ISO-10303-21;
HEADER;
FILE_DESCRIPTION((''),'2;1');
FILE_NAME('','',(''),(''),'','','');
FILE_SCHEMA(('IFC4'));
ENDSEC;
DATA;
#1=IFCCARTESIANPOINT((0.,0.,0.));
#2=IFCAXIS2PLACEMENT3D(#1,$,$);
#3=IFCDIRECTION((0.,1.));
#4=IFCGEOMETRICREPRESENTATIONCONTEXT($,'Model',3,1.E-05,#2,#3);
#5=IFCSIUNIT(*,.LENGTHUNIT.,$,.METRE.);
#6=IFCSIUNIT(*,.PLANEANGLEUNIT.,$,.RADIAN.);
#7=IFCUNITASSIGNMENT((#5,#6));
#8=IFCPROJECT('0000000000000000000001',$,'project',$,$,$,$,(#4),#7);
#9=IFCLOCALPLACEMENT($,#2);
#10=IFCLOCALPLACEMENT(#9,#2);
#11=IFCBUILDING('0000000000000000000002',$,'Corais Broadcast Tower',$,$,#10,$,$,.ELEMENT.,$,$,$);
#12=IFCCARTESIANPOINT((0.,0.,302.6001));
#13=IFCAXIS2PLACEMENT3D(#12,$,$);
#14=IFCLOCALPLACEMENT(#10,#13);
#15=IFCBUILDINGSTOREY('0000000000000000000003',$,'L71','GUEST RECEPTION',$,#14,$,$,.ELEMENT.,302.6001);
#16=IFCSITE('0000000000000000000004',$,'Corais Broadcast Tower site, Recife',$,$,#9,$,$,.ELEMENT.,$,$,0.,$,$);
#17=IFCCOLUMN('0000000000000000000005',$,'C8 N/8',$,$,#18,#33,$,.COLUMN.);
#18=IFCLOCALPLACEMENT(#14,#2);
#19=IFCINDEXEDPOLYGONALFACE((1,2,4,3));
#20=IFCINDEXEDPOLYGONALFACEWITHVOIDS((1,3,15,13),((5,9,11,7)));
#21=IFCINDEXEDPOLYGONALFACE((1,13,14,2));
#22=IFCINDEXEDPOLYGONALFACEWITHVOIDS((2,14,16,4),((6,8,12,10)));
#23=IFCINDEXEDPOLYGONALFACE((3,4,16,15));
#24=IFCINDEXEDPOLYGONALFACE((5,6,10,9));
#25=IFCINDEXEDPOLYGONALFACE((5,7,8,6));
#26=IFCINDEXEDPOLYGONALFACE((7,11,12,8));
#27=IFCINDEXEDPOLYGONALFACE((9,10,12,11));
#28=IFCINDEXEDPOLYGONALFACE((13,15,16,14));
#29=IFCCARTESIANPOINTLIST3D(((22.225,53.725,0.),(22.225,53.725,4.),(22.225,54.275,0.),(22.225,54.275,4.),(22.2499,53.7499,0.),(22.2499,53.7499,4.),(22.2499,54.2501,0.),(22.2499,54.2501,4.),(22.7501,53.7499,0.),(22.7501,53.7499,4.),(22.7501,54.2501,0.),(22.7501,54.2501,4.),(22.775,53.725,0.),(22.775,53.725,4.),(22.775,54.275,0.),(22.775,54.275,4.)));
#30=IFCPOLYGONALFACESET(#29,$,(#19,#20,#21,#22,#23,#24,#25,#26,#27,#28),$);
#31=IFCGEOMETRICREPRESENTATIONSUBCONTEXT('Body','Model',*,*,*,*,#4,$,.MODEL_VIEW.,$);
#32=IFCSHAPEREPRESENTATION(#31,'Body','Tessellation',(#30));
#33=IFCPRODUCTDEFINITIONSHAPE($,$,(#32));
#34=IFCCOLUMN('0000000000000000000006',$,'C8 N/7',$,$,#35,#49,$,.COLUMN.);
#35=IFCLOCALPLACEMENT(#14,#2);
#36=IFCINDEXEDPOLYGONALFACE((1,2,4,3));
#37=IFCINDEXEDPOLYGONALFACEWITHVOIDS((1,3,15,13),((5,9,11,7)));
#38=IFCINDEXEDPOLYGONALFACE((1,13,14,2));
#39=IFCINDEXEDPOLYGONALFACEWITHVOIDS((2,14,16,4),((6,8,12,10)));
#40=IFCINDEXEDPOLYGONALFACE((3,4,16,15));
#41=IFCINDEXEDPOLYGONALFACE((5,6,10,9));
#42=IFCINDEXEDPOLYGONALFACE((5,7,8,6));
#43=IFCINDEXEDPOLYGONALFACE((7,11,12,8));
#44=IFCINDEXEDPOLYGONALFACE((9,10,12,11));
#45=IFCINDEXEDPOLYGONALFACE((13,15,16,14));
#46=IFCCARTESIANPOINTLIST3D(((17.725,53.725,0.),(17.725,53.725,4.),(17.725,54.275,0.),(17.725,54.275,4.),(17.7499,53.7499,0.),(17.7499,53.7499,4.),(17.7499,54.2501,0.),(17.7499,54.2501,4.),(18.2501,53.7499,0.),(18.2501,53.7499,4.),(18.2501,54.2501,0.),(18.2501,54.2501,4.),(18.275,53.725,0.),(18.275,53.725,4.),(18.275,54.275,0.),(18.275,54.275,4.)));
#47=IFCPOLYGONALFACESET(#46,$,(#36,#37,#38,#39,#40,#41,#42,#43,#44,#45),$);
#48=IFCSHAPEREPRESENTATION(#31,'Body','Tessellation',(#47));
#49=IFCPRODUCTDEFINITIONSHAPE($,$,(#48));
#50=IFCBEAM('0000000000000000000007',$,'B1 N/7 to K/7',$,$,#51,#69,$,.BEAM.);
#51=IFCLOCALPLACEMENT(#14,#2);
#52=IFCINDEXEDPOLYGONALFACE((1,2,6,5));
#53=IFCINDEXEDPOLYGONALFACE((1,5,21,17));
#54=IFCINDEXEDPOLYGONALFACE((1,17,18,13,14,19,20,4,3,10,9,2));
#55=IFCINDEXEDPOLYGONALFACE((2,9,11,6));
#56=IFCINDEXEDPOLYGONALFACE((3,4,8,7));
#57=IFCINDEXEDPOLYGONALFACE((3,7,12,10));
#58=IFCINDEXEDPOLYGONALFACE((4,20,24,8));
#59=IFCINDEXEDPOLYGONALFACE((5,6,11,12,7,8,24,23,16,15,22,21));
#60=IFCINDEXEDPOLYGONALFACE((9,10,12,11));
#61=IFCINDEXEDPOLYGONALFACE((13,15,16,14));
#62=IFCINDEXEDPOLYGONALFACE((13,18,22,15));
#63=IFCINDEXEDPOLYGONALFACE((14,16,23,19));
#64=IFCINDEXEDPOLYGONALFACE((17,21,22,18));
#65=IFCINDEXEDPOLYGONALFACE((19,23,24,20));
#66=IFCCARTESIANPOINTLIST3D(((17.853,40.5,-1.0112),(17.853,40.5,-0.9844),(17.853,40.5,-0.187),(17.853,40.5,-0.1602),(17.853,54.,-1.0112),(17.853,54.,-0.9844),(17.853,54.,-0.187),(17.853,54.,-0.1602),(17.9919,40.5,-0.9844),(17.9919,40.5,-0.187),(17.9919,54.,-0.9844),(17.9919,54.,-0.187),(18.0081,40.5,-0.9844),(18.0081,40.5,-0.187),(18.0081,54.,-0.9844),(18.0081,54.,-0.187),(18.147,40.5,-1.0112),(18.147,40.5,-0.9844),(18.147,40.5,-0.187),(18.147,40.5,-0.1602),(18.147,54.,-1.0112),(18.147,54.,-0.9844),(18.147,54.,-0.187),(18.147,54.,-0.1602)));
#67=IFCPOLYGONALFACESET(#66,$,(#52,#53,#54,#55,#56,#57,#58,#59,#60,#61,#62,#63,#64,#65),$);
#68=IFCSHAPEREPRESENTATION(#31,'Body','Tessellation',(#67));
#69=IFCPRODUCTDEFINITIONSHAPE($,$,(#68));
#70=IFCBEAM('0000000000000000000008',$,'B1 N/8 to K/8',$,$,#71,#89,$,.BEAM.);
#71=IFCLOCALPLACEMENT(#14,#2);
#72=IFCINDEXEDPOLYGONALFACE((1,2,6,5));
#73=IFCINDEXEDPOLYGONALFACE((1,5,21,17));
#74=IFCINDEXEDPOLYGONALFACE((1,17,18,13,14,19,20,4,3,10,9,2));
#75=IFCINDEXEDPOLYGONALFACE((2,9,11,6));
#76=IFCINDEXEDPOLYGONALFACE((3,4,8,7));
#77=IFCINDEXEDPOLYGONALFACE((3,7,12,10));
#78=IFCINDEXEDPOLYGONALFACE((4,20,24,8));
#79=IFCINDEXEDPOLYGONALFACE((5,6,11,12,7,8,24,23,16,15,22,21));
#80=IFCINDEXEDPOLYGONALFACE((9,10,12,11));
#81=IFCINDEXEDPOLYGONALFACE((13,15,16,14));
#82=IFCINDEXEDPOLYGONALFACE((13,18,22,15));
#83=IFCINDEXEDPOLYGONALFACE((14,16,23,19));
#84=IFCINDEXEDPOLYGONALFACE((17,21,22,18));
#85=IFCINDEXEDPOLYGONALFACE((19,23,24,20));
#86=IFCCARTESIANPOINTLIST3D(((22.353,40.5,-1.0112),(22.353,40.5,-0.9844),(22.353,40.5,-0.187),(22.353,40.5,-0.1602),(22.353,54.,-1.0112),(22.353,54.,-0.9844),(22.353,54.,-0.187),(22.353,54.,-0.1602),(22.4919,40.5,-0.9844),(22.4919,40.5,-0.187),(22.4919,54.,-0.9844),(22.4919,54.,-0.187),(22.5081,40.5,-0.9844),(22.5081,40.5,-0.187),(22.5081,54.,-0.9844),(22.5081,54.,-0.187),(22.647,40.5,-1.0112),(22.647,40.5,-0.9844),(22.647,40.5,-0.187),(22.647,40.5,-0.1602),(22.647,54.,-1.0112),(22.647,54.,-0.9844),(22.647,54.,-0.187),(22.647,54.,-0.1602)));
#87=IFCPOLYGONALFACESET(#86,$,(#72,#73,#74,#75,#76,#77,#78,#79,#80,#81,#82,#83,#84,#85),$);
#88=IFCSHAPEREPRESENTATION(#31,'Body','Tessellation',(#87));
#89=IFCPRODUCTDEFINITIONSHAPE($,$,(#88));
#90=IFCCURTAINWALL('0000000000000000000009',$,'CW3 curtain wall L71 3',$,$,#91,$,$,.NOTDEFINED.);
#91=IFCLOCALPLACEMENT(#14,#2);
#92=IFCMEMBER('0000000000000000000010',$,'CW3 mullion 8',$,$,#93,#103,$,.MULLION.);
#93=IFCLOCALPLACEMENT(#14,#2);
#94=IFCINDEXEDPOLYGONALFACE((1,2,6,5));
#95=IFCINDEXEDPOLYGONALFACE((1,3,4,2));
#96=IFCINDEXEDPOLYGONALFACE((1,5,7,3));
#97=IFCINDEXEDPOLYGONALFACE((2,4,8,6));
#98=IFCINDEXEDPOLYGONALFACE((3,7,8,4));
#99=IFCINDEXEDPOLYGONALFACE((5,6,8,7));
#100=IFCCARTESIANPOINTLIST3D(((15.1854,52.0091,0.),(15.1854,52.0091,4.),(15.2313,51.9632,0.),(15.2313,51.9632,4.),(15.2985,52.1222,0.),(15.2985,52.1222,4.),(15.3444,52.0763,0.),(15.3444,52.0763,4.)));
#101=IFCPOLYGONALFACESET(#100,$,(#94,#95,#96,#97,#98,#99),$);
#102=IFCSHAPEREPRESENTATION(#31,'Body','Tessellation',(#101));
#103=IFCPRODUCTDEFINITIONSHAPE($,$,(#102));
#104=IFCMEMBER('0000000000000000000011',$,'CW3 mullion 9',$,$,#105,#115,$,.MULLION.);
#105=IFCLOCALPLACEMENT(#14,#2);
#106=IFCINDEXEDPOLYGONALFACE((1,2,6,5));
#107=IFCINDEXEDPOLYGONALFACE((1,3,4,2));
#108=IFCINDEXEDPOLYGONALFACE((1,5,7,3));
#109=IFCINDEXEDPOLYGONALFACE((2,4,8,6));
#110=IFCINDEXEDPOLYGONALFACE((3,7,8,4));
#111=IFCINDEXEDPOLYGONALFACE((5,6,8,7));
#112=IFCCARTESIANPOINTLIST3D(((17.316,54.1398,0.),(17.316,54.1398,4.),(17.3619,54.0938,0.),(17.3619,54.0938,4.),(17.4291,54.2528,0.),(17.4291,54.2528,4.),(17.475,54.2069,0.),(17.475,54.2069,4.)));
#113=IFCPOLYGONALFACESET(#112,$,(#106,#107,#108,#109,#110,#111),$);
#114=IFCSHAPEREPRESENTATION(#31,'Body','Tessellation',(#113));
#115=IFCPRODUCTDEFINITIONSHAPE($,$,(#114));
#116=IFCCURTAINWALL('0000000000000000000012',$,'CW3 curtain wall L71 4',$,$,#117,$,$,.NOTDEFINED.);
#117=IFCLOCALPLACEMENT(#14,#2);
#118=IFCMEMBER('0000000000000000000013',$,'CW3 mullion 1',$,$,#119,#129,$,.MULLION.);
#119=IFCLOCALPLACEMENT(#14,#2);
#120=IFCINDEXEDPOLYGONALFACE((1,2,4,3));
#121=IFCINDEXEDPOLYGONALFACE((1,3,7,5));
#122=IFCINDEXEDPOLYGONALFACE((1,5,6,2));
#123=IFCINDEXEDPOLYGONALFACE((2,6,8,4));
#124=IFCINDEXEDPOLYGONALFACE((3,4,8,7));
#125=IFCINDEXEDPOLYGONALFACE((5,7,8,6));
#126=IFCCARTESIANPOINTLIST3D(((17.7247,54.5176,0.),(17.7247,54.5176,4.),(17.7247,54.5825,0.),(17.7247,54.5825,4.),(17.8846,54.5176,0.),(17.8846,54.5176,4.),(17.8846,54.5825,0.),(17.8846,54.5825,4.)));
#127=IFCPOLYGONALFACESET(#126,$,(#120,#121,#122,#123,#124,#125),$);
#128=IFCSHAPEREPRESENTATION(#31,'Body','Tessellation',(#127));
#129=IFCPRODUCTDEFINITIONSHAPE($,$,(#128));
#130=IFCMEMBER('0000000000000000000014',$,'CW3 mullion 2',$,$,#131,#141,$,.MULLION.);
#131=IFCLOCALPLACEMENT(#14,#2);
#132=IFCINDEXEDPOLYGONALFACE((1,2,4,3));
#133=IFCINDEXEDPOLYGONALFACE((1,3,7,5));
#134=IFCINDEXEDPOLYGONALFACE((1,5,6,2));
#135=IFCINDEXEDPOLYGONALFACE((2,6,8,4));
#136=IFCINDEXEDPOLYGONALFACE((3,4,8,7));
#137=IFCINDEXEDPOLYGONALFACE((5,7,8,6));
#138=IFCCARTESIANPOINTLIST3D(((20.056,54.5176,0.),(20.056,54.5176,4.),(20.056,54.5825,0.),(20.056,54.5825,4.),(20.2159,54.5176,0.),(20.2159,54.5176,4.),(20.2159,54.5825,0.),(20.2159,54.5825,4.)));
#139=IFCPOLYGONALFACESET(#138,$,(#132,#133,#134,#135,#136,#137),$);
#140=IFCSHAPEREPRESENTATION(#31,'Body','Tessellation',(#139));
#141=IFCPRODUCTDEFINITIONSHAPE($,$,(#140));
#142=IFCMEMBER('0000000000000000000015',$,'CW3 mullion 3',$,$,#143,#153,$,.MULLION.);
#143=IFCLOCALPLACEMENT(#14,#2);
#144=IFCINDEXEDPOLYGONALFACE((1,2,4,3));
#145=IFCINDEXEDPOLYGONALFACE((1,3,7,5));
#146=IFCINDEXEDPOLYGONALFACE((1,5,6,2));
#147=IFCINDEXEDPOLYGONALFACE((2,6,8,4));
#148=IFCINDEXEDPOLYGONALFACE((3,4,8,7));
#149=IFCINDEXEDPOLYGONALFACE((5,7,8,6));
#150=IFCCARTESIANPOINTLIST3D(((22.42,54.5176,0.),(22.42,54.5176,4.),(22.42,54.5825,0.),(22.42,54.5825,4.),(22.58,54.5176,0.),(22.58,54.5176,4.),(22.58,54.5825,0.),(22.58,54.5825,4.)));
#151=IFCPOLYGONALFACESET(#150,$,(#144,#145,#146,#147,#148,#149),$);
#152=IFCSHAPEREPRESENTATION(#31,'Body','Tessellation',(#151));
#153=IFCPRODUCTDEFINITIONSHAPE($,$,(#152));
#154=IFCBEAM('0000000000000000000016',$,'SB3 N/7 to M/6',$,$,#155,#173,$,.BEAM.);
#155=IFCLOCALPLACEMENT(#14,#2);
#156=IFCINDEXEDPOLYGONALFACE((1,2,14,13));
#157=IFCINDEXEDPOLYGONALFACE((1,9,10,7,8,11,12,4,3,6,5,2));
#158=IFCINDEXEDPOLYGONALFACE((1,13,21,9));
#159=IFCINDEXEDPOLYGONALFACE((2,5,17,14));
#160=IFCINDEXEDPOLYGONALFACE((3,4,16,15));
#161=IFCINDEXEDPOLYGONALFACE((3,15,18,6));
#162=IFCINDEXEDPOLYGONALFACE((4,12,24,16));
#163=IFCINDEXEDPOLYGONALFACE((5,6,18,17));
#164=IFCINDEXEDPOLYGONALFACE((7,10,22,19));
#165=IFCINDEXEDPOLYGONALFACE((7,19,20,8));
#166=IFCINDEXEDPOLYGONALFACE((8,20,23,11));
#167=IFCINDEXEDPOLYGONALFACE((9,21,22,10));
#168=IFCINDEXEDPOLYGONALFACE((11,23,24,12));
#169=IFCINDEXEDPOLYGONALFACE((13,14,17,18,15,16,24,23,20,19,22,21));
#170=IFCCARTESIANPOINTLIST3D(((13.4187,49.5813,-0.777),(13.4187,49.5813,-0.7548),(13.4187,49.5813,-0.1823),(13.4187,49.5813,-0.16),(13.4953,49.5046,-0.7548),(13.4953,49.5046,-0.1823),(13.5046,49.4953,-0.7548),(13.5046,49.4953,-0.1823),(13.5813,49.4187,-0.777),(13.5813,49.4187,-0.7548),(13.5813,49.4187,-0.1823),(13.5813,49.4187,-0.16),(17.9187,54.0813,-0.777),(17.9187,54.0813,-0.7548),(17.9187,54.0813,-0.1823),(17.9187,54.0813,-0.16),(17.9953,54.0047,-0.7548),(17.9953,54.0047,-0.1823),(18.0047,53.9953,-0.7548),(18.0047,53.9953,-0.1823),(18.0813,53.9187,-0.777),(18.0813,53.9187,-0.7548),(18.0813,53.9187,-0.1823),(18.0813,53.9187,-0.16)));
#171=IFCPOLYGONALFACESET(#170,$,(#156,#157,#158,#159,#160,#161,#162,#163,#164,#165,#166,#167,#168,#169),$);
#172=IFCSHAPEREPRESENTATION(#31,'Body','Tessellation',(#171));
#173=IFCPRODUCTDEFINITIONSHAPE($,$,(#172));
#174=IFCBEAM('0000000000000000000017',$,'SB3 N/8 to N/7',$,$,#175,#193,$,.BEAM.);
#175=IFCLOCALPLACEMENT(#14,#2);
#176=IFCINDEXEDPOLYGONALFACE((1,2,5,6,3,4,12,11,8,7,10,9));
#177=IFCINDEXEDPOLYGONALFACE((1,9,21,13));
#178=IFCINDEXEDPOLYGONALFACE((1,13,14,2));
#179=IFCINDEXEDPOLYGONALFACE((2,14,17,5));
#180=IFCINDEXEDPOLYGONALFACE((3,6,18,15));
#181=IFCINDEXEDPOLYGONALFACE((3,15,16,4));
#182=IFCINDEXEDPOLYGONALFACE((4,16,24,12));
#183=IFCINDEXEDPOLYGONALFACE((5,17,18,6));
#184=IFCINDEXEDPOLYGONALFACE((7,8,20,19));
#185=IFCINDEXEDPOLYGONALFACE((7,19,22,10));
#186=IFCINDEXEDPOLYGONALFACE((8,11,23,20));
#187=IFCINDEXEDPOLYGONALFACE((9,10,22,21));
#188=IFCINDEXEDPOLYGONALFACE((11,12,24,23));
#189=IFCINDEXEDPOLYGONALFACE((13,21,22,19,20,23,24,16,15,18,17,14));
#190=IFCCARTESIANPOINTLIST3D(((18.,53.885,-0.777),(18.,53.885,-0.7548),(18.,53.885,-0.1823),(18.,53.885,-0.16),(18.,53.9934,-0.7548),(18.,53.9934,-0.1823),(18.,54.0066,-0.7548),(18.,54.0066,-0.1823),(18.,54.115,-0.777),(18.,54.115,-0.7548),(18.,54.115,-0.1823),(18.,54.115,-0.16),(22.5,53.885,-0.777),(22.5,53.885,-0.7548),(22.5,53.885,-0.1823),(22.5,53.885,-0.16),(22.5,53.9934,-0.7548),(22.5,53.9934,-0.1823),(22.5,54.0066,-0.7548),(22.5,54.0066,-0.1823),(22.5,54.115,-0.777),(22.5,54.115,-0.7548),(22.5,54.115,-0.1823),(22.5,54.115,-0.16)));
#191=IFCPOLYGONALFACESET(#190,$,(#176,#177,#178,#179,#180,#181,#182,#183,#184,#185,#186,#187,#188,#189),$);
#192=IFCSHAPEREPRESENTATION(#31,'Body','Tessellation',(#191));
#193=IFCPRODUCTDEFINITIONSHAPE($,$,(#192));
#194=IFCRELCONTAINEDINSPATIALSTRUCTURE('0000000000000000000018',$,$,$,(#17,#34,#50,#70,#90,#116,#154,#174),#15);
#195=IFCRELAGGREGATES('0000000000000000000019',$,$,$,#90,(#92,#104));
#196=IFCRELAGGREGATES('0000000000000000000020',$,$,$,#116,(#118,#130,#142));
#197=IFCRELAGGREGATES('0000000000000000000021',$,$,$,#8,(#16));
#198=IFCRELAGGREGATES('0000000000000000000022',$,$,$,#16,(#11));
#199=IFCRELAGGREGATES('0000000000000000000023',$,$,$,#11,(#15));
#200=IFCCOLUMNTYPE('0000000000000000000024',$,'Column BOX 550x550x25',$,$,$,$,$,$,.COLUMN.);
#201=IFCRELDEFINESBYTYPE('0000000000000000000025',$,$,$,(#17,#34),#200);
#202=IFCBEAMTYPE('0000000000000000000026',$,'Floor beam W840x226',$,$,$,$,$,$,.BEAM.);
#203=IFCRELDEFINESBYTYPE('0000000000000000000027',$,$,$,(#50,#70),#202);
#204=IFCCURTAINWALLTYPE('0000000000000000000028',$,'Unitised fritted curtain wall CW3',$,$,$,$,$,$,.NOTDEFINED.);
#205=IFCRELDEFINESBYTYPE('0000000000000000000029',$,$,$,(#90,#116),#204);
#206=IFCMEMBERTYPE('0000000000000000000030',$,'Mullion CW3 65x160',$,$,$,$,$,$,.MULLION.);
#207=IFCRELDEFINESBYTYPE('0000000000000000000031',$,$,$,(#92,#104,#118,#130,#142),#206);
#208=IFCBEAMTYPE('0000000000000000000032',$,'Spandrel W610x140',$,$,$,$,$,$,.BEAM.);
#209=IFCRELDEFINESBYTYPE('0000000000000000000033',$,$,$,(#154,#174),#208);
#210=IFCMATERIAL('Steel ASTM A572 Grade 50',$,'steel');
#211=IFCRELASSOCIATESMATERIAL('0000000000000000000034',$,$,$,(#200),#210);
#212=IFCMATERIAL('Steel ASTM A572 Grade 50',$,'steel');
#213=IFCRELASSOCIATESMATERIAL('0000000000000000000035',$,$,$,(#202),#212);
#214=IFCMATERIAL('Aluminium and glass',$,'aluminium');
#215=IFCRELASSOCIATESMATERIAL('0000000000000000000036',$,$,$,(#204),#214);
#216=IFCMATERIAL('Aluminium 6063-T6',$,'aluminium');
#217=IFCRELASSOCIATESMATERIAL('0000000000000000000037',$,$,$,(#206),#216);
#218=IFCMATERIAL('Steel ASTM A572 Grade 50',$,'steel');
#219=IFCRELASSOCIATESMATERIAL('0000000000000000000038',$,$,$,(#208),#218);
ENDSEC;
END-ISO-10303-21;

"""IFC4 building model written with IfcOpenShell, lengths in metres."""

from ifc_helpers import new_model, si_unit, direction, frame, origin, origin_2d, place, context, subcontext, project, spatial, rectangle, hollow_rectangle, i_section, extrude, material, material_profile, profile_set, type_object, element, aggregate, save


model = new_model("IFC4")

# Units and contexts
model_context = context("Model", 3, precision=1e-05, world=origin(), true_north=direction((0.0, 1.0)))
body_context = subcontext(model_context, "Body", "Model", "MODEL_VIEW")
ifc_project = project(units=[si_unit("LENGTHUNIT", "METRE"), si_unit("PLANEANGLEUNIT", "RADIAN")], contexts=[model_context])

# Site, building, storey
site_placement = place(None, origin())
site = spatial("IfcSite", under=ifc_project, at=site_placement, Name="Corais Broadcast Tower site, Recife", CompositionType="ELEMENT", RefElevation=0.0)
building_placement = place(site_placement, origin())
building = spatial("IfcBuilding", under=site, at=building_placement, Name="Corais Broadcast Tower", CompositionType="ELEMENT")
storey_placement = place(building_placement, frame((0.0, 0.0, 302.6001)))
storey = spatial("IfcBuildingStorey", under=building, at=storey_placement, Name="L71", Description="GUEST RECEPTION", CompositionType="ELEMENT", Elevation=302.6001)

# Columns
ifc_material_1 = material(Name="Steel ASTM A572 Grade 50", Category="steel")
ifc_material_profile_1 = material_profile(ifc_material_1, hollow_rectangle(XDim=0.55, YDim=0.55, WallThickness=0.0249, at=origin_2d()), Name="BOX 550x550x25")
ifc_profile_set_1 = profile_set([ifc_material_profile_1], Name="Steel ASTM A572 Grade 50")
column_type = type_object("IfcColumnType", Name="Column BOX 550x550x25", PredefinedType="COLUMN", material=ifc_profile_set_1)
for number, where, z_axis, x_axis, name in (
    (1, (22.5, 54.0, 0.0), (0.0, 0.0, 1.0), (1.0, 0.0, 0.0), "C8 N/8"),
    (2, (18.0, 54.0, 0.0), (0.0, 0.0, 1.0), (1.0, 0.0, 0.0), "C8 N/7"),
):
    element("IfcColumn", number, at=place(storey_placement, frame(where, z_axis=z_axis, x_axis=x_axis)), inside=storey, type_object=column_type, Name=name, PredefinedType="COLUMN", context=body_context, shape_type="SweptSolid", body=[
        extrude(hollow_rectangle(XDim=0.55, YDim=0.55, WallThickness=0.0249, at=origin_2d()), origin(), (0.0, 0.0, 1.0), 4.0),
    ])

# Beams
ifc_material_2 = material(Name="Steel ASTM A572 Grade 50", Category="steel")
ifc_material_profile_2 = material_profile(ifc_material_2, i_section(OverallWidth=0.2939, OverallDepth=0.8511, WebThickness=0.0161, FlangeThickness=0.0269, at=origin_2d()), Name="W840x226")
ifc_profile_set_2 = profile_set([ifc_material_profile_2], Name="Steel ASTM A572 Grade 50")
beam_type_1 = type_object("IfcBeamType", Name="Floor beam W840x226", PredefinedType="BEAM", material=ifc_profile_set_2)
for number, where, z_axis, x_axis, name in (
    (3, (18.0, 54.0, -0.5857), (0.0, -1.0, 0.0), (1.0, 0.0, 0.0), "B1 N/7 to K/7"),
    (4, (22.5, 54.0, -0.5857), (0.0, -1.0, 0.0), (1.0, 0.0, 0.0), "B1 N/8 to K/8"),
):
    element("IfcBeam", number, at=place(storey_placement, frame(where, z_axis=z_axis, x_axis=x_axis)), inside=storey, type_object=beam_type_1, Name=name, PredefinedType="BEAM", context=body_context, shape_type="SweptSolid", body=[
        extrude(i_section(OverallWidth=0.2939, OverallDepth=0.8511, WebThickness=0.0161, FlangeThickness=0.0269, at=origin_2d()), origin(), (0.0, 0.0, 1.0), 13.5),
    ])

# Curtain walls, members
ifc_material_3 = material(Name="Aluminium and glass", Category="aluminium")
curtain_wall_type = type_object("IfcCurtainWallType", Name="Unitised fritted curtain wall CW3", PredefinedType="NOTDEFINED", material=ifc_material_3)
curtain_wall_1_placement = place(storey_placement, origin())
curtain_wall_1 = element("IfcCurtainWall", 5, at=curtain_wall_1_placement, inside=storey, type_object=curtain_wall_type, Name="CW3 curtain wall L71 3", PredefinedType="NOTDEFINED")
ifc_material_4 = material(Name="Aluminium 6063-T6", Category="aluminium")
ifc_material_profile_3 = material_profile(ifc_material_4, rectangle(XDim=0.0649, YDim=0.1599, at=origin_2d()), Name="Mullion CW3 65x160")
ifc_profile_set_3 = profile_set([ifc_material_profile_3], Name="Aluminium 6063-T6")
member_type_1 = type_object("IfcMemberType", Name="Mullion CW3 65x160", PredefinedType="MULLION", material=ifc_profile_set_3)
member_1_placement = place(storey_placement, frame((15.2649, 52.0427, 0.0), z_axis=(0.0, 0.0, 1.0), x_axis=(-0.707107, 0.707107, 0.0)))
member_1 = element("IfcMember", 6, at=member_1_placement, type_object=member_type_1, Name="CW3 mullion 8", PredefinedType="MULLION", context=body_context, shape_type="SweptSolid", body=[
    extrude(rectangle(XDim=0.0649, YDim=0.1599, at=origin_2d()), origin(), (0.0, 0.0, 1.0), 4.0),
])
member_2_placement = place(storey_placement, frame((17.3955, 54.1733, 0.0), z_axis=(0.0, 0.0, 1.0), x_axis=(-0.707107, 0.707107, 0.0)))
member_2 = element("IfcMember", 7, at=member_2_placement, type_object=member_type_1, Name="CW3 mullion 9", PredefinedType="MULLION", context=body_context, shape_type="SweptSolid", body=[
    extrude(rectangle(XDim=0.0649, YDim=0.1599, at=origin_2d()), origin(), (0.0, 0.0, 1.0), 4.0),
])
curtain_wall_2_placement = place(storey_placement, origin())
curtain_wall_2 = element("IfcCurtainWall", 8, at=curtain_wall_2_placement, inside=storey, type_object=curtain_wall_type, Name="CW3 curtain wall L71 4", PredefinedType="NOTDEFINED")
member_3_placement = place(storey_placement, frame((17.8047, 54.55, 0.0), z_axis=(0.0, 0.0, 1.0), x_axis=(0.0, 1.0, 0.0)))
member_3 = element("IfcMember", 9, at=member_3_placement, type_object=member_type_1, Name="CW3 mullion 1", PredefinedType="MULLION", context=body_context, shape_type="SweptSolid", body=[
    extrude(rectangle(XDim=0.0649, YDim=0.1599, at=origin_2d()), origin(), (0.0, 0.0, 1.0), 4.0),
])
member_4_placement = place(storey_placement, frame((20.136, 54.55, 0.0), z_axis=(0.0, 0.0, 1.0), x_axis=(0.0, 1.0, 0.0)))
member_4 = element("IfcMember", 10, at=member_4_placement, type_object=member_type_1, Name="CW3 mullion 2", PredefinedType="MULLION", context=body_context, shape_type="SweptSolid", body=[
    extrude(rectangle(XDim=0.0649, YDim=0.1599, at=origin_2d()), origin(), (0.0, 0.0, 1.0), 4.0),
])
member_5_placement = place(storey_placement, frame((22.5, 54.55, 0.0), z_axis=(0.0, 0.0, 1.0), x_axis=(0.0, 1.0, 0.0)))
member_5 = element("IfcMember", 11, at=member_5_placement, type_object=member_type_1, Name="CW3 mullion 3", PredefinedType="MULLION", context=body_context, shape_type="SweptSolid", body=[
    extrude(rectangle(XDim=0.0649, YDim=0.1599, at=origin_2d()), origin(), (0.0, 0.0, 1.0), 4.0),
])

# Beams
ifc_material_5 = material(Name="Steel ASTM A572 Grade 50", Category="steel")
ifc_material_profile_4 = material_profile(ifc_material_5, i_section(OverallWidth=0.23, OverallDepth=0.6169, WebThickness=0.0132, FlangeThickness=0.0222, at=origin_2d()), Name="W610x140")
ifc_profile_set_4 = profile_set([ifc_material_profile_4], Name="Steel ASTM A572 Grade 50")
beam_type_2 = type_object("IfcBeamType", Name="Spandrel W610x140", PredefinedType="BEAM", material=ifc_profile_set_4)
beam_1_placement = place(storey_placement, frame((18.0, 54.0, -0.4685), z_axis=(-0.707107, -0.707107, 0.0), x_axis=(0.707107, -0.707107, 0.0)))
element("IfcBeam", 12, at=beam_1_placement, inside=storey, type_object=beam_type_2, Name="SB3 N/7 to M/6", PredefinedType="BEAM", context=body_context, shape_type="SweptSolid", body=[
    extrude(i_section(OverallWidth=0.23, OverallDepth=0.6169, WebThickness=0.0132, FlangeThickness=0.0222, at=origin_2d()), origin(), (0.0, 0.0, 1.0), 6.364),
])
beam_2_placement = place(storey_placement, frame((22.5, 54.0, -0.4685), z_axis=(-1.0, 0.0, 0.0), x_axis=(0.0, -1.0, 0.0)))
element("IfcBeam", 13, at=beam_2_placement, inside=storey, type_object=beam_type_2, Name="SB3 N/8 to N/7", PredefinedType="BEAM", context=body_context, shape_type="SweptSolid", body=[
    extrude(i_section(OverallWidth=0.23, OverallDepth=0.6169, WebThickness=0.0132, FlangeThickness=0.0222, at=origin_2d()), origin(), (0.0, 0.0, 1.0), 4.5),
])

aggregate(curtain_wall_1, [member_1, member_2])
aggregate(curtain_wall_2, [member_3, member_4, member_5])

save(model, "model.ifc")
